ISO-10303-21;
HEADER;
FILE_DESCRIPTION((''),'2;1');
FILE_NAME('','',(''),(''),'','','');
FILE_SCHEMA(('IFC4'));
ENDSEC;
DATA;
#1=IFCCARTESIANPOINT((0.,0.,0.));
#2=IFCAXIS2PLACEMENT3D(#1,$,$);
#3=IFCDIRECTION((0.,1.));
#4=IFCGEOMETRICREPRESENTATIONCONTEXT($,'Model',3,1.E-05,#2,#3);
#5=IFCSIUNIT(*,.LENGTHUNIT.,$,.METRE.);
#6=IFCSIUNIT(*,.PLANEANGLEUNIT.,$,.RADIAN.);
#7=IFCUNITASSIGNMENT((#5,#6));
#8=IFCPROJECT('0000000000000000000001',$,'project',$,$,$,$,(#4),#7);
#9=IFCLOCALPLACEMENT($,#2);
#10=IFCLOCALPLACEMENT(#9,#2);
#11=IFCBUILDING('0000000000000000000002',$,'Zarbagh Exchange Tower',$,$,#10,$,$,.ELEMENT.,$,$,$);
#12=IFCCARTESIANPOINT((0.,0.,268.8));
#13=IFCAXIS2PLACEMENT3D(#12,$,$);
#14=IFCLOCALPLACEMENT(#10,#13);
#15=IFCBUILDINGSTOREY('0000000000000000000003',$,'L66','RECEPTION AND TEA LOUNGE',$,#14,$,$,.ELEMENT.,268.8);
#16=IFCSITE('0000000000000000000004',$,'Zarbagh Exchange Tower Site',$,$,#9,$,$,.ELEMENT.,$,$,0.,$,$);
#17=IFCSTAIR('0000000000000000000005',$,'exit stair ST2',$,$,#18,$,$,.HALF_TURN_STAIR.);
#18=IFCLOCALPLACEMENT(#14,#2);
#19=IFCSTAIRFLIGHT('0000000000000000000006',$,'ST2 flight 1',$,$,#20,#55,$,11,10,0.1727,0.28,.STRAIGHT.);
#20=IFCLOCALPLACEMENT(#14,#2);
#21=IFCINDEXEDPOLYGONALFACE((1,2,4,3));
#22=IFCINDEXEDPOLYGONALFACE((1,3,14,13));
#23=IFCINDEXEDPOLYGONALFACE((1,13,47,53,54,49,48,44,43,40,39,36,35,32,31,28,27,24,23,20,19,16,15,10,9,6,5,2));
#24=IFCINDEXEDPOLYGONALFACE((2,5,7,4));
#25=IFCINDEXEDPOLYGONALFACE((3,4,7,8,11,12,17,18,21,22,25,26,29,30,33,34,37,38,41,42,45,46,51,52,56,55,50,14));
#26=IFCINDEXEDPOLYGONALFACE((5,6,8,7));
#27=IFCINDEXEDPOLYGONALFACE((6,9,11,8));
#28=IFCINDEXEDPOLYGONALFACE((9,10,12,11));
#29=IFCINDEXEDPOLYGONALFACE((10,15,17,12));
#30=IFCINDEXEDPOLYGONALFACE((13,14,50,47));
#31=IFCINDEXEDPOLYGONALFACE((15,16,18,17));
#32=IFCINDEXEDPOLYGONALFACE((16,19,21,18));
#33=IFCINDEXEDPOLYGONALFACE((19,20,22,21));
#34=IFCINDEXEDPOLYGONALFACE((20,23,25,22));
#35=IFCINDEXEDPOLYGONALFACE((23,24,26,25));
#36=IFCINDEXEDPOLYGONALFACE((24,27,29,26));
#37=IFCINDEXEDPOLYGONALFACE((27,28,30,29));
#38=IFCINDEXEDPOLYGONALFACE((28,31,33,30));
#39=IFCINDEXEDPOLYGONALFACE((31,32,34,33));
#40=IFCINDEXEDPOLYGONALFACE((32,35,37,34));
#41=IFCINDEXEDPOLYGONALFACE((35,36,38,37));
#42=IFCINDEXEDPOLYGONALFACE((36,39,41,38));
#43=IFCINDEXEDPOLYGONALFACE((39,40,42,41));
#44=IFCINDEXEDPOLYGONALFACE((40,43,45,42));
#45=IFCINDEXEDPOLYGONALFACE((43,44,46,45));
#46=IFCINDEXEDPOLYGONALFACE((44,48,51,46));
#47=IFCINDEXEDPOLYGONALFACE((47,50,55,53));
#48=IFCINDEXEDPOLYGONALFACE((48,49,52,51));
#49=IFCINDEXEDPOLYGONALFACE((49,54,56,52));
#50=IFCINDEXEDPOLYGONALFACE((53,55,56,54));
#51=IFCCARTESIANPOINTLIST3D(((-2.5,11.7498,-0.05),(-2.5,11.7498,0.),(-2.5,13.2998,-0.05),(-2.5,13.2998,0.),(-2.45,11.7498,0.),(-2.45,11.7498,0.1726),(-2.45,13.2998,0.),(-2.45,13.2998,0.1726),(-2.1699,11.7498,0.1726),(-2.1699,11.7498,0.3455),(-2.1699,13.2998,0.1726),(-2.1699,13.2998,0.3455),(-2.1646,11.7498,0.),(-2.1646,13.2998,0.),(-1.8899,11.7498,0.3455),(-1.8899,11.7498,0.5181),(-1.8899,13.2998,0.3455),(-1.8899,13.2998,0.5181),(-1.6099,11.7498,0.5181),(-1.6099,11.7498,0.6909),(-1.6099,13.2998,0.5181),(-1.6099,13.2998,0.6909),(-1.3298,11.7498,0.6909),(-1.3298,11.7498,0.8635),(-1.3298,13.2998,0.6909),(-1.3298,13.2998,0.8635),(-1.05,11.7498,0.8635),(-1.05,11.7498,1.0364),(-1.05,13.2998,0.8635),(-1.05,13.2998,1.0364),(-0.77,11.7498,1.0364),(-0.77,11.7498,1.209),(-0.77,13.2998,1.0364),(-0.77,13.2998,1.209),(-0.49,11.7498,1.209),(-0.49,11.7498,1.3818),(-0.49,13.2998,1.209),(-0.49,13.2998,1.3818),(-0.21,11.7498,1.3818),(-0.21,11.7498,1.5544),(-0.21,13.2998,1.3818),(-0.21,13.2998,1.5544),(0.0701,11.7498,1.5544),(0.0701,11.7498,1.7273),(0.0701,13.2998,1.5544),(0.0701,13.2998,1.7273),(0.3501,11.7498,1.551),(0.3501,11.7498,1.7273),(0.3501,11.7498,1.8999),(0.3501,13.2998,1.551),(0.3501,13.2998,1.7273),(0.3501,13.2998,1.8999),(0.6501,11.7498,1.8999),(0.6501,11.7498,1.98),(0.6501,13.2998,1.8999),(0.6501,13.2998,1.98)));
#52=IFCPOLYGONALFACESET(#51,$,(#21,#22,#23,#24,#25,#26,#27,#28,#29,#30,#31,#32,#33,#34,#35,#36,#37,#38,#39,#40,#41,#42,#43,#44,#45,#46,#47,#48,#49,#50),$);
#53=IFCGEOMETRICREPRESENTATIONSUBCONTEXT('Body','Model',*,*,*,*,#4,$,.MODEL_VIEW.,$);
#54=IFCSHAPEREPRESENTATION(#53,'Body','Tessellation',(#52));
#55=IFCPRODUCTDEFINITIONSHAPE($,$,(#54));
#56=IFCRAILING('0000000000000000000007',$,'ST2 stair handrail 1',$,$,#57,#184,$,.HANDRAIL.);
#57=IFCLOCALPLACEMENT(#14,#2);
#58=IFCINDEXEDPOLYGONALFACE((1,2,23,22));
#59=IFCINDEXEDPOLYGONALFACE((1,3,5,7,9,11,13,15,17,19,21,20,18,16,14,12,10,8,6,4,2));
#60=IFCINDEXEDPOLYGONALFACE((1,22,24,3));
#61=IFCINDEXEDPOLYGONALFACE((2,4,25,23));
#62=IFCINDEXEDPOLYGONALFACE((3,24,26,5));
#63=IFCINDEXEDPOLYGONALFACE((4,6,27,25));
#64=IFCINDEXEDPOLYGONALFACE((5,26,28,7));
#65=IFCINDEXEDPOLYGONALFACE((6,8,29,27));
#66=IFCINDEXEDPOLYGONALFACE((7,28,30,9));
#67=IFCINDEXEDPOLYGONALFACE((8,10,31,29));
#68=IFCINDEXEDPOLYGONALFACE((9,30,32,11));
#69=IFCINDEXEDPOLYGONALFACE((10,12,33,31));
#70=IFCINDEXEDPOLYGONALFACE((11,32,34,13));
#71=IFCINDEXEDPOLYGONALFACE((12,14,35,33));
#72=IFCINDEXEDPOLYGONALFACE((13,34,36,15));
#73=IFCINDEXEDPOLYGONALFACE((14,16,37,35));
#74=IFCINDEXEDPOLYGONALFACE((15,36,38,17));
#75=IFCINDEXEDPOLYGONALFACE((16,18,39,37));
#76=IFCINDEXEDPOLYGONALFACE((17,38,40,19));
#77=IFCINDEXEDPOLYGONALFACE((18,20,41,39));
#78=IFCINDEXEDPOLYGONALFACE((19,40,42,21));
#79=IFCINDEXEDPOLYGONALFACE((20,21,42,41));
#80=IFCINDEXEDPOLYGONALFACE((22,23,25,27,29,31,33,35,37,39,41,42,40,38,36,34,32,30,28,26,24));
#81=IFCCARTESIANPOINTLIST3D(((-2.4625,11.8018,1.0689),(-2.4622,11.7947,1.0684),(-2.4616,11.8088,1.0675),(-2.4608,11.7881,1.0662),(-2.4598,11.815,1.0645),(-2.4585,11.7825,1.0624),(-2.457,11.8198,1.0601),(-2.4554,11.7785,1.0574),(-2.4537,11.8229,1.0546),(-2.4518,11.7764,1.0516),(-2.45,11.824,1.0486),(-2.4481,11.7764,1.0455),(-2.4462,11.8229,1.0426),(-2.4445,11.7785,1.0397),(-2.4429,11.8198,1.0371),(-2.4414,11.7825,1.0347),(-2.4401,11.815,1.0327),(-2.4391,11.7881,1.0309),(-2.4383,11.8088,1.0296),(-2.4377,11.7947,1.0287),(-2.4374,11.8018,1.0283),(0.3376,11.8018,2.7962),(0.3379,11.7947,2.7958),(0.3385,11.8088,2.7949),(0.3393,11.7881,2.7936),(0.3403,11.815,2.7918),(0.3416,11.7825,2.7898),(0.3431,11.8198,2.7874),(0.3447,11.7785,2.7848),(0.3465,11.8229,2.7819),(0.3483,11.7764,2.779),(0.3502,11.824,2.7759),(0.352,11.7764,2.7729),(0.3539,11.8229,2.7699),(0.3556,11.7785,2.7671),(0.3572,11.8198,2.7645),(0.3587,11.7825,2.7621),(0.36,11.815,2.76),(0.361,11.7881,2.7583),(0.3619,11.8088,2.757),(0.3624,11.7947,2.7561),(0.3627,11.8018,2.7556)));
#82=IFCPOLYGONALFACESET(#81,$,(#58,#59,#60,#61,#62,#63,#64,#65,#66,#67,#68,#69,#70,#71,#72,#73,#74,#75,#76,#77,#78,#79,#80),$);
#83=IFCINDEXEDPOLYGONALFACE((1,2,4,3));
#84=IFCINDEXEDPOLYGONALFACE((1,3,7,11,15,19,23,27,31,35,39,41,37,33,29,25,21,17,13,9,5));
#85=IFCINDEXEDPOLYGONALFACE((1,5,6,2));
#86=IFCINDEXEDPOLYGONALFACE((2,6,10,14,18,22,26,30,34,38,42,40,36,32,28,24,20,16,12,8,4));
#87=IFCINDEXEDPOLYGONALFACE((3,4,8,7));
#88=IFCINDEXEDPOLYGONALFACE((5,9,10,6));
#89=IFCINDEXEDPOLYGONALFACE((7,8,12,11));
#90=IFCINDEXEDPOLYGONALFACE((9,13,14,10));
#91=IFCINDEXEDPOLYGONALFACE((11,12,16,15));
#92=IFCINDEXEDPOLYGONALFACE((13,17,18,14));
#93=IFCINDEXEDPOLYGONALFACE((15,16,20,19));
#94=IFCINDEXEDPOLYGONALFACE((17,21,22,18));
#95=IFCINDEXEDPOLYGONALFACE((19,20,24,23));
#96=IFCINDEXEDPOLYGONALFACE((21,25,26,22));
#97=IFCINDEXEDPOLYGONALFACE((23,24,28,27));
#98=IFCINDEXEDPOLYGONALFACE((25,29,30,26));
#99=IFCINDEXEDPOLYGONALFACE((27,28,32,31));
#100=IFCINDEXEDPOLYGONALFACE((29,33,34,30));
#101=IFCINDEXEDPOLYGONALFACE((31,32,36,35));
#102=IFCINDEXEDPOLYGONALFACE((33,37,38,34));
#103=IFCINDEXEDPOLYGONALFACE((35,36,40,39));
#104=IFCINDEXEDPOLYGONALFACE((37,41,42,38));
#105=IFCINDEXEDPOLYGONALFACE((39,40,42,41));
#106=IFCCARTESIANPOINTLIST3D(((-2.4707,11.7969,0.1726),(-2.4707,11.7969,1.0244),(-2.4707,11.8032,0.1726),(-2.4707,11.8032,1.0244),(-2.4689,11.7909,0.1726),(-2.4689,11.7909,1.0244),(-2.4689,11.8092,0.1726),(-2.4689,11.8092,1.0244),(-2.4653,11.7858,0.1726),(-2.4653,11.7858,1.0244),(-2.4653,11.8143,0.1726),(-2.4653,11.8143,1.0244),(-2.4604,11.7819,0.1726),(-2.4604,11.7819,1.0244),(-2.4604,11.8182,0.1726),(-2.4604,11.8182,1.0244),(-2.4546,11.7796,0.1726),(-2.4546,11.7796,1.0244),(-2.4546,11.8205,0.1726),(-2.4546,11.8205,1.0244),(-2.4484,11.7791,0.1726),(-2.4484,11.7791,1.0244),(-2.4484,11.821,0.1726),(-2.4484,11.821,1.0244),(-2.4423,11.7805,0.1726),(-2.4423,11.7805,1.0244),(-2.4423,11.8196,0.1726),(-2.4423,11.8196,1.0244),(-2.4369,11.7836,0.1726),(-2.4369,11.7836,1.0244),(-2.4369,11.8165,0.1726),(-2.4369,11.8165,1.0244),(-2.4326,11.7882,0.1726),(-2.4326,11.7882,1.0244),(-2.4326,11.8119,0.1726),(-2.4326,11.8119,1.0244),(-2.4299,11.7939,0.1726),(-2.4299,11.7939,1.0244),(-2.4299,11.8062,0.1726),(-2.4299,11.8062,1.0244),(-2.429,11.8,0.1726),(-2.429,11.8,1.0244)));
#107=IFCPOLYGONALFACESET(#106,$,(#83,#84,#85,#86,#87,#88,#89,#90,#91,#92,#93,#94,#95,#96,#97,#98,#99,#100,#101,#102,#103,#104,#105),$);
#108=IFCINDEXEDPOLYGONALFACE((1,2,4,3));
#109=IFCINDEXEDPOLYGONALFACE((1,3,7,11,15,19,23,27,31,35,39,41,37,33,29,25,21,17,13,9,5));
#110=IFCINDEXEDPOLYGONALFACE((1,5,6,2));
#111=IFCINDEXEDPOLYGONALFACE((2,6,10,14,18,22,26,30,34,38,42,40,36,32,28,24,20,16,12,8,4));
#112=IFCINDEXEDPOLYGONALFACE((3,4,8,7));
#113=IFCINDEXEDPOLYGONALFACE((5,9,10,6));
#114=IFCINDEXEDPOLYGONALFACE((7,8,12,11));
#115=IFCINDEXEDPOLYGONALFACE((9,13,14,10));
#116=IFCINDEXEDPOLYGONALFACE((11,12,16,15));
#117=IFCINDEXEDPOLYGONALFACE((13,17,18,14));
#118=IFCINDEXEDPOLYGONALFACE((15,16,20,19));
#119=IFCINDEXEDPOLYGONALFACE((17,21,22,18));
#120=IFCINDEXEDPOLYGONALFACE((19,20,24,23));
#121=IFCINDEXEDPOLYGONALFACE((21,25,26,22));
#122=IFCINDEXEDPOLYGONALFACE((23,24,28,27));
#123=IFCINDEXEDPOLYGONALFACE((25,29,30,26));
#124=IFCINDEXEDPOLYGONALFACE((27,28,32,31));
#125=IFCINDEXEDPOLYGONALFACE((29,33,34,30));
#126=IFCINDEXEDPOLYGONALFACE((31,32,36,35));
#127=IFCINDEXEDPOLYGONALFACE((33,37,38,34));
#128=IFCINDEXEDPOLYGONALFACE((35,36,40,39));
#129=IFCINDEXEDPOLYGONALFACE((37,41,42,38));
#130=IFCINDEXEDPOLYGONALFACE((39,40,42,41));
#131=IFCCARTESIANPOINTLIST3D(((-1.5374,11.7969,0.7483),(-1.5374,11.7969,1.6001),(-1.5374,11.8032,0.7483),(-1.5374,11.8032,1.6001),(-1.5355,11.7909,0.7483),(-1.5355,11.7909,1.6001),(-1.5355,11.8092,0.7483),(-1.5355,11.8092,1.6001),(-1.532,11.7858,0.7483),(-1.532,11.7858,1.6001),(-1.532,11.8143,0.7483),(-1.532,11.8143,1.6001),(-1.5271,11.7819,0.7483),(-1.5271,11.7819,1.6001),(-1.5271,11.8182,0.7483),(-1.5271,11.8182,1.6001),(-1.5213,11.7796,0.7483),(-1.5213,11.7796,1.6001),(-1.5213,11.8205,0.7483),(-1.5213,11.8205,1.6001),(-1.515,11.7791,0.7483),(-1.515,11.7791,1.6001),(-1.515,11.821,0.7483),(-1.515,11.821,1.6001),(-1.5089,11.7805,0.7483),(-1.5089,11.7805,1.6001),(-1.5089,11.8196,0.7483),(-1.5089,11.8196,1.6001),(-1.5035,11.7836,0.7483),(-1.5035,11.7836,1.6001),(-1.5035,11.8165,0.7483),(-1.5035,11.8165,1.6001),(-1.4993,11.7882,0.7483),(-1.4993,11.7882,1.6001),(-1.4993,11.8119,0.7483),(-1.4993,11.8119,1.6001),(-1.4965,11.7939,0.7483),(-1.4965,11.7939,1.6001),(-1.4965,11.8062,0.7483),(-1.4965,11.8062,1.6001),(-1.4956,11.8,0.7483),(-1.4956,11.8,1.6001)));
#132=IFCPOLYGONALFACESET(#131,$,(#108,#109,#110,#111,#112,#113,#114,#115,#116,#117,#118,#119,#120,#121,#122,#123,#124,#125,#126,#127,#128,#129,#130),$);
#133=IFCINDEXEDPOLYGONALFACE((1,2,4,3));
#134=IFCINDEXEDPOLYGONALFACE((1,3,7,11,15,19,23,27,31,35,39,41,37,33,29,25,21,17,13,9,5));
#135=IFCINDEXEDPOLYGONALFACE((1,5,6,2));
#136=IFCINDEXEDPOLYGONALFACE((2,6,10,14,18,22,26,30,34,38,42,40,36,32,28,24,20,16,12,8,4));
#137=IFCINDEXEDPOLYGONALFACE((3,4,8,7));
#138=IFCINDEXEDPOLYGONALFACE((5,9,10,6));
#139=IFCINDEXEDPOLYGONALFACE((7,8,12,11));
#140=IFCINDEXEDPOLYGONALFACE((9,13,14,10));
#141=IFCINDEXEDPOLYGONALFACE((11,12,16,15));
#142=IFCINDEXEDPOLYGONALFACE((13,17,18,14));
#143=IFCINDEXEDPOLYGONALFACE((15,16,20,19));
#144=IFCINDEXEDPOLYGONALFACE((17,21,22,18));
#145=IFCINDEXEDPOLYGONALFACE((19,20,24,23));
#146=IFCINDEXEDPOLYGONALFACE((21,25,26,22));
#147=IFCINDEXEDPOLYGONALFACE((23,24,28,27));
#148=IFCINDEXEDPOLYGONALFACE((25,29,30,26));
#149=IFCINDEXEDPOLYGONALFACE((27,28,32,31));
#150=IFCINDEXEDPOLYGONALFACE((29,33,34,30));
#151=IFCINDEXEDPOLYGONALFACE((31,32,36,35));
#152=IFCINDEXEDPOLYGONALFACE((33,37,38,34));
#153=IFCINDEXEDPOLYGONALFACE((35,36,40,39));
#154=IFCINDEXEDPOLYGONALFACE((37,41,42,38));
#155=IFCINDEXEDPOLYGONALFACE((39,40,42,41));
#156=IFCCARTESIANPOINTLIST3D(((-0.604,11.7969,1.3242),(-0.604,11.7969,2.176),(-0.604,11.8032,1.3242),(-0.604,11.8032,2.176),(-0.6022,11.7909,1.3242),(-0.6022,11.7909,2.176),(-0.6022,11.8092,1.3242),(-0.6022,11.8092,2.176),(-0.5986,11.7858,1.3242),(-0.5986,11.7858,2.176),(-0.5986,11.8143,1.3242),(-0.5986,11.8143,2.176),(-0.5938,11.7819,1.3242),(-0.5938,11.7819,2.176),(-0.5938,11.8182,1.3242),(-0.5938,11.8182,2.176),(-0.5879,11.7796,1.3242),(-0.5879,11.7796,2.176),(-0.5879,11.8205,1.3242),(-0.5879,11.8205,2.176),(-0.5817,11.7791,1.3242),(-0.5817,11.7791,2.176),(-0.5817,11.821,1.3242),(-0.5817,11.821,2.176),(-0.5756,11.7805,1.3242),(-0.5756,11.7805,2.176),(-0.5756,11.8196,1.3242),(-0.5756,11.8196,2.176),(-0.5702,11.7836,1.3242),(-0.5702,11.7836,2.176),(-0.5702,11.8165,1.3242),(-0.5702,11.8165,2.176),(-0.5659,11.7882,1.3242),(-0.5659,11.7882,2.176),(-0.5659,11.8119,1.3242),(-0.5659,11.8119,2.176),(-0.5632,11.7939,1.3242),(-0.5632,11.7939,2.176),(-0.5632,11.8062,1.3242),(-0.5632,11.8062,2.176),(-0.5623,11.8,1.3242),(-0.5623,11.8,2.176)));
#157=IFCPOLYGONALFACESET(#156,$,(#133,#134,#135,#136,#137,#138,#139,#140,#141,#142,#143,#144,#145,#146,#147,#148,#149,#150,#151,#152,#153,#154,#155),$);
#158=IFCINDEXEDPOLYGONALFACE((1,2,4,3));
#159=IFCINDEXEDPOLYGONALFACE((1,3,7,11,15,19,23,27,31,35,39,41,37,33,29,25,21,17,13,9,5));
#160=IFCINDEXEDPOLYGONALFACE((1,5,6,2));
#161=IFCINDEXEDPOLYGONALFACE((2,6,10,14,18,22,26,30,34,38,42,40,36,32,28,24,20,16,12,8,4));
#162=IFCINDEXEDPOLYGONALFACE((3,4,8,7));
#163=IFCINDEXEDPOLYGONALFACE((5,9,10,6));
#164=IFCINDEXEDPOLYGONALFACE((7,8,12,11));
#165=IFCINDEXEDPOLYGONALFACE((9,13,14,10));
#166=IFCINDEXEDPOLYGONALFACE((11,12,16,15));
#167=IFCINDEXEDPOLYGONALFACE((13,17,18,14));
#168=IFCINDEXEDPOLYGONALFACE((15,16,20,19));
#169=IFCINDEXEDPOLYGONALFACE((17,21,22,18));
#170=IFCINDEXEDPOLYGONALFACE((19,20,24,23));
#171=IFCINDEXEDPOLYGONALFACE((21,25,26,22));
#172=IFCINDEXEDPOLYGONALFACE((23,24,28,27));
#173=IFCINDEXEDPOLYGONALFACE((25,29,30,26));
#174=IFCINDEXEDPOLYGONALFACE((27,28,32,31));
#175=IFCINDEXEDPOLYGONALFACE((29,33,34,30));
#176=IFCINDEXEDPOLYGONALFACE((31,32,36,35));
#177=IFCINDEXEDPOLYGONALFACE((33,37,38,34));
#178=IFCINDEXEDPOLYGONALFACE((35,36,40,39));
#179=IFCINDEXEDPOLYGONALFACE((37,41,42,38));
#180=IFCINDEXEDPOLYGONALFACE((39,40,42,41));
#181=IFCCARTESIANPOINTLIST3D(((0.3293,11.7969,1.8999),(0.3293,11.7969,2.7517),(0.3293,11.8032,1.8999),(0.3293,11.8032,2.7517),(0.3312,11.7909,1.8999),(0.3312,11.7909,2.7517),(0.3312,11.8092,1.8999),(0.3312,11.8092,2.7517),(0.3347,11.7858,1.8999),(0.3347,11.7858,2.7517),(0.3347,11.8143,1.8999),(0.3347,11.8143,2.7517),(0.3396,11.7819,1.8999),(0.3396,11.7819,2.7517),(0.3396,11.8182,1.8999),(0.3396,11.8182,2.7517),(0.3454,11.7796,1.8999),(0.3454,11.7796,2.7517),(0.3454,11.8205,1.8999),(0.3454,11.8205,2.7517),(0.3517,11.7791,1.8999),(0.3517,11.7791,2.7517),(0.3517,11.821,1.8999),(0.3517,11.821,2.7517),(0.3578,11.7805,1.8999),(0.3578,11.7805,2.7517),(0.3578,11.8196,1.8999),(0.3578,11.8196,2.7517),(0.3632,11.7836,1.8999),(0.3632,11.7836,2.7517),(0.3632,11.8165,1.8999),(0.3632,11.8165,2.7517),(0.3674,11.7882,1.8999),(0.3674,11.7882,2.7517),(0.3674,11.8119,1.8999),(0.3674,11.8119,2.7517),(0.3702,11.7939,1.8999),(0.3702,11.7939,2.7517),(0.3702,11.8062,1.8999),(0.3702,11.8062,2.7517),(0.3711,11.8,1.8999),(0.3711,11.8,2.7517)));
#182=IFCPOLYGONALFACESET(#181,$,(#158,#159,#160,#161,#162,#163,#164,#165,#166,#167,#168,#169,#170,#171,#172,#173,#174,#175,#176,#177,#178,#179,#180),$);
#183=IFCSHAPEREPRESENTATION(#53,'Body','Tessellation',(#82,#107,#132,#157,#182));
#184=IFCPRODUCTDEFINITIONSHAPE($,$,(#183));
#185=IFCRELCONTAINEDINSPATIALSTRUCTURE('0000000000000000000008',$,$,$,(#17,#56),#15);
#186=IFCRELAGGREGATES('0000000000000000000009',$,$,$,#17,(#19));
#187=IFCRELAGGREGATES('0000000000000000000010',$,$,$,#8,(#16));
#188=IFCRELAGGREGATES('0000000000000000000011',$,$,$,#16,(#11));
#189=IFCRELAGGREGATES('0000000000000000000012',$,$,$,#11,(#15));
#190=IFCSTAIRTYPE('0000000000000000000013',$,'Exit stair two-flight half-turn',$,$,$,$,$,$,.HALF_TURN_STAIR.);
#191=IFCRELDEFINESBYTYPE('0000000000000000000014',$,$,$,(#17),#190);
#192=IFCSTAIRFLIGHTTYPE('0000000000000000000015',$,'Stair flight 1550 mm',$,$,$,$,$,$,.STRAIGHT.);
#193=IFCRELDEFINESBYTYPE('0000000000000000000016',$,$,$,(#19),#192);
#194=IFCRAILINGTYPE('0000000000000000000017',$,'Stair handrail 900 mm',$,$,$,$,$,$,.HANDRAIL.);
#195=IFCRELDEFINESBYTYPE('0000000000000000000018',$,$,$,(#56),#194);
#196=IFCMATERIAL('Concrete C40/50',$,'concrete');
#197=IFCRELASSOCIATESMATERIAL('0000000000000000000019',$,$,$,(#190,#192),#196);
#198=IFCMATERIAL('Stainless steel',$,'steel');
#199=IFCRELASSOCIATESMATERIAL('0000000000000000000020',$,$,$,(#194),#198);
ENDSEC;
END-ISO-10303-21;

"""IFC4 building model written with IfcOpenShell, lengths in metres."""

from ifc_helpers import new_model, si_unit, direction, frame, origin, origin_2d, place, context, subcontext, project, spatial, polyline, circle, outline, extrude, material, type_object, element, aggregate, save


model = new_model("IFC4")

# Units and contexts
model_context = context("Model", 3, precision=1e-05, world=origin(), true_north=direction((0.0, 1.0)))
body_context = subcontext(model_context, "Body", "Model", "MODEL_VIEW")
ifc_project = project(units=[si_unit("LENGTHUNIT", "METRE"), si_unit("PLANEANGLEUNIT", "RADIAN")], contexts=[model_context])

# Site, building, storey
site_placement = place(None, origin())
site = spatial("IfcSite", under=ifc_project, at=site_placement, Name="Zarbagh Exchange Tower Site", CompositionType="ELEMENT", RefElevation=0.0)
building_placement = place(site_placement, origin())
building = spatial("IfcBuilding", under=site, at=building_placement, Name="Zarbagh Exchange Tower", CompositionType="ELEMENT")
storey_placement = place(building_placement, frame((0.0, 0.0, 268.8)))
storey = spatial("IfcBuildingStorey", under=building, at=storey_placement, Name="L66", Description="RECEPTION AND TEA LOUNGE", CompositionType="ELEMENT", Elevation=268.8)

# Shared definitions
ifc_material_1 = material(Name="Concrete C40/50", Category="concrete")

# Stair, stair flight
stair_type = type_object("IfcStairType", Name="Exit stair two-flight half-turn", PredefinedType="HALF_TURN_STAIR", material=ifc_material_1)
stair_placement = place(storey_placement, origin())
stair = element("IfcStair", 1, at=stair_placement, inside=storey, type_object=stair_type, Name="exit stair ST2", PredefinedType="HALF_TURN_STAIR")
stair_flight_type = type_object("IfcStairFlightType", Name="Stair flight 1550 mm", PredefinedType="STRAIGHT", material=ifc_material_1)
stair_flight_placement = place(storey_placement, frame((-2.45, 12.5249, 0.0), z_axis=(0.0, 0.0, 1.0), x_axis=(1.0, 0.0, 0.0)))
stair_flight = element("IfcStairFlight", 2, at=stair_flight_placement, type_object=stair_flight_type, Name="ST2 flight 1", NumberOfRisers=11, NumberOfTreads=10, PredefinedType="STRAIGHT", RiserHeight=0.1727, TreadLength=0.28, context=body_context, shape_type="SweptSolid", body=[
    extrude(outline(polyline([(-0.05, -0.05), (-0.05, 0.0), (0.0, 0.0), (0.0, 0.1726), (0.28, 0.1726), (0.28, 0.3455), (0.5601, 0.3455), (0.5601, 0.5181), (0.8401, 0.5181), (0.8401, 0.6909), (1.1201, 0.6909), (1.1201, 0.8635), (1.3999, 0.8635), (1.3999, 1.0364), (1.6799, 1.0364), (1.6799, 1.209), (1.96, 1.209), (1.96, 1.3818), (2.24, 1.3818), (2.24, 1.5544), (2.52, 1.5544), (2.52, 1.7273), (2.8, 1.7273), (2.8, 1.8999), (3.1001, 1.98), (3.1001, 1.8999), (2.8, 1.551), (0.2854, 0.0), (-0.05, -0.05)])), frame((0.0, 0.7749, 0.0), z_axis=(0.0, -1.0, 0.0), x_axis=(1.0, 0.0, 0.0)), (0.0, 0.0, 1.0), 1.55),
])
aggregate(stair, [stair_flight])

# Railing
ifc_material_2 = material(Name="Stainless steel", Category="steel")
railing_type = type_object("IfcRailingType", Name="Stair handrail 900 mm", PredefinedType="HANDRAIL", material=ifc_material_2)
railing_placement = place(storey_placement, frame((-2.45, 11.8, 0.1726)))
element("IfcRailing", 3, at=railing_placement, inside=storey, type_object=railing_type, Name="ST2 stair handrail 1", PredefinedType="HANDRAIL", context=body_context, shape_type="SweptSolid", body=[
    extrude(circle(Radius=0.0239, at=origin_2d()), frame((0.0, 0.0, 0.876), z_axis=(0.85109, 0.0, 0.52502), x_axis=(0.0, 1.0, 0.0)), (0.0, 0.0, 1.0), 3.29),
    extrude(circle(Radius=0.021, at=origin_2d()), origin(), (0.0, 0.0, 1.0), 0.8518),
    extrude(circle(Radius=0.021, at=origin_2d()), frame((0.9333, 0.0, 0.5757)), (0.0, 0.0, 1.0), 0.8518),
    extrude(circle(Radius=0.021, at=origin_2d()), frame((1.8667, 0.0, 1.1516)), (0.0, 0.0, 1.0), 0.8518),
    extrude(circle(Radius=0.021, at=origin_2d()), frame((2.8, 0.0, 1.7273)), (0.0, 0.0, 1.0), 0.8518),
])

save(model, "model.ifc")
